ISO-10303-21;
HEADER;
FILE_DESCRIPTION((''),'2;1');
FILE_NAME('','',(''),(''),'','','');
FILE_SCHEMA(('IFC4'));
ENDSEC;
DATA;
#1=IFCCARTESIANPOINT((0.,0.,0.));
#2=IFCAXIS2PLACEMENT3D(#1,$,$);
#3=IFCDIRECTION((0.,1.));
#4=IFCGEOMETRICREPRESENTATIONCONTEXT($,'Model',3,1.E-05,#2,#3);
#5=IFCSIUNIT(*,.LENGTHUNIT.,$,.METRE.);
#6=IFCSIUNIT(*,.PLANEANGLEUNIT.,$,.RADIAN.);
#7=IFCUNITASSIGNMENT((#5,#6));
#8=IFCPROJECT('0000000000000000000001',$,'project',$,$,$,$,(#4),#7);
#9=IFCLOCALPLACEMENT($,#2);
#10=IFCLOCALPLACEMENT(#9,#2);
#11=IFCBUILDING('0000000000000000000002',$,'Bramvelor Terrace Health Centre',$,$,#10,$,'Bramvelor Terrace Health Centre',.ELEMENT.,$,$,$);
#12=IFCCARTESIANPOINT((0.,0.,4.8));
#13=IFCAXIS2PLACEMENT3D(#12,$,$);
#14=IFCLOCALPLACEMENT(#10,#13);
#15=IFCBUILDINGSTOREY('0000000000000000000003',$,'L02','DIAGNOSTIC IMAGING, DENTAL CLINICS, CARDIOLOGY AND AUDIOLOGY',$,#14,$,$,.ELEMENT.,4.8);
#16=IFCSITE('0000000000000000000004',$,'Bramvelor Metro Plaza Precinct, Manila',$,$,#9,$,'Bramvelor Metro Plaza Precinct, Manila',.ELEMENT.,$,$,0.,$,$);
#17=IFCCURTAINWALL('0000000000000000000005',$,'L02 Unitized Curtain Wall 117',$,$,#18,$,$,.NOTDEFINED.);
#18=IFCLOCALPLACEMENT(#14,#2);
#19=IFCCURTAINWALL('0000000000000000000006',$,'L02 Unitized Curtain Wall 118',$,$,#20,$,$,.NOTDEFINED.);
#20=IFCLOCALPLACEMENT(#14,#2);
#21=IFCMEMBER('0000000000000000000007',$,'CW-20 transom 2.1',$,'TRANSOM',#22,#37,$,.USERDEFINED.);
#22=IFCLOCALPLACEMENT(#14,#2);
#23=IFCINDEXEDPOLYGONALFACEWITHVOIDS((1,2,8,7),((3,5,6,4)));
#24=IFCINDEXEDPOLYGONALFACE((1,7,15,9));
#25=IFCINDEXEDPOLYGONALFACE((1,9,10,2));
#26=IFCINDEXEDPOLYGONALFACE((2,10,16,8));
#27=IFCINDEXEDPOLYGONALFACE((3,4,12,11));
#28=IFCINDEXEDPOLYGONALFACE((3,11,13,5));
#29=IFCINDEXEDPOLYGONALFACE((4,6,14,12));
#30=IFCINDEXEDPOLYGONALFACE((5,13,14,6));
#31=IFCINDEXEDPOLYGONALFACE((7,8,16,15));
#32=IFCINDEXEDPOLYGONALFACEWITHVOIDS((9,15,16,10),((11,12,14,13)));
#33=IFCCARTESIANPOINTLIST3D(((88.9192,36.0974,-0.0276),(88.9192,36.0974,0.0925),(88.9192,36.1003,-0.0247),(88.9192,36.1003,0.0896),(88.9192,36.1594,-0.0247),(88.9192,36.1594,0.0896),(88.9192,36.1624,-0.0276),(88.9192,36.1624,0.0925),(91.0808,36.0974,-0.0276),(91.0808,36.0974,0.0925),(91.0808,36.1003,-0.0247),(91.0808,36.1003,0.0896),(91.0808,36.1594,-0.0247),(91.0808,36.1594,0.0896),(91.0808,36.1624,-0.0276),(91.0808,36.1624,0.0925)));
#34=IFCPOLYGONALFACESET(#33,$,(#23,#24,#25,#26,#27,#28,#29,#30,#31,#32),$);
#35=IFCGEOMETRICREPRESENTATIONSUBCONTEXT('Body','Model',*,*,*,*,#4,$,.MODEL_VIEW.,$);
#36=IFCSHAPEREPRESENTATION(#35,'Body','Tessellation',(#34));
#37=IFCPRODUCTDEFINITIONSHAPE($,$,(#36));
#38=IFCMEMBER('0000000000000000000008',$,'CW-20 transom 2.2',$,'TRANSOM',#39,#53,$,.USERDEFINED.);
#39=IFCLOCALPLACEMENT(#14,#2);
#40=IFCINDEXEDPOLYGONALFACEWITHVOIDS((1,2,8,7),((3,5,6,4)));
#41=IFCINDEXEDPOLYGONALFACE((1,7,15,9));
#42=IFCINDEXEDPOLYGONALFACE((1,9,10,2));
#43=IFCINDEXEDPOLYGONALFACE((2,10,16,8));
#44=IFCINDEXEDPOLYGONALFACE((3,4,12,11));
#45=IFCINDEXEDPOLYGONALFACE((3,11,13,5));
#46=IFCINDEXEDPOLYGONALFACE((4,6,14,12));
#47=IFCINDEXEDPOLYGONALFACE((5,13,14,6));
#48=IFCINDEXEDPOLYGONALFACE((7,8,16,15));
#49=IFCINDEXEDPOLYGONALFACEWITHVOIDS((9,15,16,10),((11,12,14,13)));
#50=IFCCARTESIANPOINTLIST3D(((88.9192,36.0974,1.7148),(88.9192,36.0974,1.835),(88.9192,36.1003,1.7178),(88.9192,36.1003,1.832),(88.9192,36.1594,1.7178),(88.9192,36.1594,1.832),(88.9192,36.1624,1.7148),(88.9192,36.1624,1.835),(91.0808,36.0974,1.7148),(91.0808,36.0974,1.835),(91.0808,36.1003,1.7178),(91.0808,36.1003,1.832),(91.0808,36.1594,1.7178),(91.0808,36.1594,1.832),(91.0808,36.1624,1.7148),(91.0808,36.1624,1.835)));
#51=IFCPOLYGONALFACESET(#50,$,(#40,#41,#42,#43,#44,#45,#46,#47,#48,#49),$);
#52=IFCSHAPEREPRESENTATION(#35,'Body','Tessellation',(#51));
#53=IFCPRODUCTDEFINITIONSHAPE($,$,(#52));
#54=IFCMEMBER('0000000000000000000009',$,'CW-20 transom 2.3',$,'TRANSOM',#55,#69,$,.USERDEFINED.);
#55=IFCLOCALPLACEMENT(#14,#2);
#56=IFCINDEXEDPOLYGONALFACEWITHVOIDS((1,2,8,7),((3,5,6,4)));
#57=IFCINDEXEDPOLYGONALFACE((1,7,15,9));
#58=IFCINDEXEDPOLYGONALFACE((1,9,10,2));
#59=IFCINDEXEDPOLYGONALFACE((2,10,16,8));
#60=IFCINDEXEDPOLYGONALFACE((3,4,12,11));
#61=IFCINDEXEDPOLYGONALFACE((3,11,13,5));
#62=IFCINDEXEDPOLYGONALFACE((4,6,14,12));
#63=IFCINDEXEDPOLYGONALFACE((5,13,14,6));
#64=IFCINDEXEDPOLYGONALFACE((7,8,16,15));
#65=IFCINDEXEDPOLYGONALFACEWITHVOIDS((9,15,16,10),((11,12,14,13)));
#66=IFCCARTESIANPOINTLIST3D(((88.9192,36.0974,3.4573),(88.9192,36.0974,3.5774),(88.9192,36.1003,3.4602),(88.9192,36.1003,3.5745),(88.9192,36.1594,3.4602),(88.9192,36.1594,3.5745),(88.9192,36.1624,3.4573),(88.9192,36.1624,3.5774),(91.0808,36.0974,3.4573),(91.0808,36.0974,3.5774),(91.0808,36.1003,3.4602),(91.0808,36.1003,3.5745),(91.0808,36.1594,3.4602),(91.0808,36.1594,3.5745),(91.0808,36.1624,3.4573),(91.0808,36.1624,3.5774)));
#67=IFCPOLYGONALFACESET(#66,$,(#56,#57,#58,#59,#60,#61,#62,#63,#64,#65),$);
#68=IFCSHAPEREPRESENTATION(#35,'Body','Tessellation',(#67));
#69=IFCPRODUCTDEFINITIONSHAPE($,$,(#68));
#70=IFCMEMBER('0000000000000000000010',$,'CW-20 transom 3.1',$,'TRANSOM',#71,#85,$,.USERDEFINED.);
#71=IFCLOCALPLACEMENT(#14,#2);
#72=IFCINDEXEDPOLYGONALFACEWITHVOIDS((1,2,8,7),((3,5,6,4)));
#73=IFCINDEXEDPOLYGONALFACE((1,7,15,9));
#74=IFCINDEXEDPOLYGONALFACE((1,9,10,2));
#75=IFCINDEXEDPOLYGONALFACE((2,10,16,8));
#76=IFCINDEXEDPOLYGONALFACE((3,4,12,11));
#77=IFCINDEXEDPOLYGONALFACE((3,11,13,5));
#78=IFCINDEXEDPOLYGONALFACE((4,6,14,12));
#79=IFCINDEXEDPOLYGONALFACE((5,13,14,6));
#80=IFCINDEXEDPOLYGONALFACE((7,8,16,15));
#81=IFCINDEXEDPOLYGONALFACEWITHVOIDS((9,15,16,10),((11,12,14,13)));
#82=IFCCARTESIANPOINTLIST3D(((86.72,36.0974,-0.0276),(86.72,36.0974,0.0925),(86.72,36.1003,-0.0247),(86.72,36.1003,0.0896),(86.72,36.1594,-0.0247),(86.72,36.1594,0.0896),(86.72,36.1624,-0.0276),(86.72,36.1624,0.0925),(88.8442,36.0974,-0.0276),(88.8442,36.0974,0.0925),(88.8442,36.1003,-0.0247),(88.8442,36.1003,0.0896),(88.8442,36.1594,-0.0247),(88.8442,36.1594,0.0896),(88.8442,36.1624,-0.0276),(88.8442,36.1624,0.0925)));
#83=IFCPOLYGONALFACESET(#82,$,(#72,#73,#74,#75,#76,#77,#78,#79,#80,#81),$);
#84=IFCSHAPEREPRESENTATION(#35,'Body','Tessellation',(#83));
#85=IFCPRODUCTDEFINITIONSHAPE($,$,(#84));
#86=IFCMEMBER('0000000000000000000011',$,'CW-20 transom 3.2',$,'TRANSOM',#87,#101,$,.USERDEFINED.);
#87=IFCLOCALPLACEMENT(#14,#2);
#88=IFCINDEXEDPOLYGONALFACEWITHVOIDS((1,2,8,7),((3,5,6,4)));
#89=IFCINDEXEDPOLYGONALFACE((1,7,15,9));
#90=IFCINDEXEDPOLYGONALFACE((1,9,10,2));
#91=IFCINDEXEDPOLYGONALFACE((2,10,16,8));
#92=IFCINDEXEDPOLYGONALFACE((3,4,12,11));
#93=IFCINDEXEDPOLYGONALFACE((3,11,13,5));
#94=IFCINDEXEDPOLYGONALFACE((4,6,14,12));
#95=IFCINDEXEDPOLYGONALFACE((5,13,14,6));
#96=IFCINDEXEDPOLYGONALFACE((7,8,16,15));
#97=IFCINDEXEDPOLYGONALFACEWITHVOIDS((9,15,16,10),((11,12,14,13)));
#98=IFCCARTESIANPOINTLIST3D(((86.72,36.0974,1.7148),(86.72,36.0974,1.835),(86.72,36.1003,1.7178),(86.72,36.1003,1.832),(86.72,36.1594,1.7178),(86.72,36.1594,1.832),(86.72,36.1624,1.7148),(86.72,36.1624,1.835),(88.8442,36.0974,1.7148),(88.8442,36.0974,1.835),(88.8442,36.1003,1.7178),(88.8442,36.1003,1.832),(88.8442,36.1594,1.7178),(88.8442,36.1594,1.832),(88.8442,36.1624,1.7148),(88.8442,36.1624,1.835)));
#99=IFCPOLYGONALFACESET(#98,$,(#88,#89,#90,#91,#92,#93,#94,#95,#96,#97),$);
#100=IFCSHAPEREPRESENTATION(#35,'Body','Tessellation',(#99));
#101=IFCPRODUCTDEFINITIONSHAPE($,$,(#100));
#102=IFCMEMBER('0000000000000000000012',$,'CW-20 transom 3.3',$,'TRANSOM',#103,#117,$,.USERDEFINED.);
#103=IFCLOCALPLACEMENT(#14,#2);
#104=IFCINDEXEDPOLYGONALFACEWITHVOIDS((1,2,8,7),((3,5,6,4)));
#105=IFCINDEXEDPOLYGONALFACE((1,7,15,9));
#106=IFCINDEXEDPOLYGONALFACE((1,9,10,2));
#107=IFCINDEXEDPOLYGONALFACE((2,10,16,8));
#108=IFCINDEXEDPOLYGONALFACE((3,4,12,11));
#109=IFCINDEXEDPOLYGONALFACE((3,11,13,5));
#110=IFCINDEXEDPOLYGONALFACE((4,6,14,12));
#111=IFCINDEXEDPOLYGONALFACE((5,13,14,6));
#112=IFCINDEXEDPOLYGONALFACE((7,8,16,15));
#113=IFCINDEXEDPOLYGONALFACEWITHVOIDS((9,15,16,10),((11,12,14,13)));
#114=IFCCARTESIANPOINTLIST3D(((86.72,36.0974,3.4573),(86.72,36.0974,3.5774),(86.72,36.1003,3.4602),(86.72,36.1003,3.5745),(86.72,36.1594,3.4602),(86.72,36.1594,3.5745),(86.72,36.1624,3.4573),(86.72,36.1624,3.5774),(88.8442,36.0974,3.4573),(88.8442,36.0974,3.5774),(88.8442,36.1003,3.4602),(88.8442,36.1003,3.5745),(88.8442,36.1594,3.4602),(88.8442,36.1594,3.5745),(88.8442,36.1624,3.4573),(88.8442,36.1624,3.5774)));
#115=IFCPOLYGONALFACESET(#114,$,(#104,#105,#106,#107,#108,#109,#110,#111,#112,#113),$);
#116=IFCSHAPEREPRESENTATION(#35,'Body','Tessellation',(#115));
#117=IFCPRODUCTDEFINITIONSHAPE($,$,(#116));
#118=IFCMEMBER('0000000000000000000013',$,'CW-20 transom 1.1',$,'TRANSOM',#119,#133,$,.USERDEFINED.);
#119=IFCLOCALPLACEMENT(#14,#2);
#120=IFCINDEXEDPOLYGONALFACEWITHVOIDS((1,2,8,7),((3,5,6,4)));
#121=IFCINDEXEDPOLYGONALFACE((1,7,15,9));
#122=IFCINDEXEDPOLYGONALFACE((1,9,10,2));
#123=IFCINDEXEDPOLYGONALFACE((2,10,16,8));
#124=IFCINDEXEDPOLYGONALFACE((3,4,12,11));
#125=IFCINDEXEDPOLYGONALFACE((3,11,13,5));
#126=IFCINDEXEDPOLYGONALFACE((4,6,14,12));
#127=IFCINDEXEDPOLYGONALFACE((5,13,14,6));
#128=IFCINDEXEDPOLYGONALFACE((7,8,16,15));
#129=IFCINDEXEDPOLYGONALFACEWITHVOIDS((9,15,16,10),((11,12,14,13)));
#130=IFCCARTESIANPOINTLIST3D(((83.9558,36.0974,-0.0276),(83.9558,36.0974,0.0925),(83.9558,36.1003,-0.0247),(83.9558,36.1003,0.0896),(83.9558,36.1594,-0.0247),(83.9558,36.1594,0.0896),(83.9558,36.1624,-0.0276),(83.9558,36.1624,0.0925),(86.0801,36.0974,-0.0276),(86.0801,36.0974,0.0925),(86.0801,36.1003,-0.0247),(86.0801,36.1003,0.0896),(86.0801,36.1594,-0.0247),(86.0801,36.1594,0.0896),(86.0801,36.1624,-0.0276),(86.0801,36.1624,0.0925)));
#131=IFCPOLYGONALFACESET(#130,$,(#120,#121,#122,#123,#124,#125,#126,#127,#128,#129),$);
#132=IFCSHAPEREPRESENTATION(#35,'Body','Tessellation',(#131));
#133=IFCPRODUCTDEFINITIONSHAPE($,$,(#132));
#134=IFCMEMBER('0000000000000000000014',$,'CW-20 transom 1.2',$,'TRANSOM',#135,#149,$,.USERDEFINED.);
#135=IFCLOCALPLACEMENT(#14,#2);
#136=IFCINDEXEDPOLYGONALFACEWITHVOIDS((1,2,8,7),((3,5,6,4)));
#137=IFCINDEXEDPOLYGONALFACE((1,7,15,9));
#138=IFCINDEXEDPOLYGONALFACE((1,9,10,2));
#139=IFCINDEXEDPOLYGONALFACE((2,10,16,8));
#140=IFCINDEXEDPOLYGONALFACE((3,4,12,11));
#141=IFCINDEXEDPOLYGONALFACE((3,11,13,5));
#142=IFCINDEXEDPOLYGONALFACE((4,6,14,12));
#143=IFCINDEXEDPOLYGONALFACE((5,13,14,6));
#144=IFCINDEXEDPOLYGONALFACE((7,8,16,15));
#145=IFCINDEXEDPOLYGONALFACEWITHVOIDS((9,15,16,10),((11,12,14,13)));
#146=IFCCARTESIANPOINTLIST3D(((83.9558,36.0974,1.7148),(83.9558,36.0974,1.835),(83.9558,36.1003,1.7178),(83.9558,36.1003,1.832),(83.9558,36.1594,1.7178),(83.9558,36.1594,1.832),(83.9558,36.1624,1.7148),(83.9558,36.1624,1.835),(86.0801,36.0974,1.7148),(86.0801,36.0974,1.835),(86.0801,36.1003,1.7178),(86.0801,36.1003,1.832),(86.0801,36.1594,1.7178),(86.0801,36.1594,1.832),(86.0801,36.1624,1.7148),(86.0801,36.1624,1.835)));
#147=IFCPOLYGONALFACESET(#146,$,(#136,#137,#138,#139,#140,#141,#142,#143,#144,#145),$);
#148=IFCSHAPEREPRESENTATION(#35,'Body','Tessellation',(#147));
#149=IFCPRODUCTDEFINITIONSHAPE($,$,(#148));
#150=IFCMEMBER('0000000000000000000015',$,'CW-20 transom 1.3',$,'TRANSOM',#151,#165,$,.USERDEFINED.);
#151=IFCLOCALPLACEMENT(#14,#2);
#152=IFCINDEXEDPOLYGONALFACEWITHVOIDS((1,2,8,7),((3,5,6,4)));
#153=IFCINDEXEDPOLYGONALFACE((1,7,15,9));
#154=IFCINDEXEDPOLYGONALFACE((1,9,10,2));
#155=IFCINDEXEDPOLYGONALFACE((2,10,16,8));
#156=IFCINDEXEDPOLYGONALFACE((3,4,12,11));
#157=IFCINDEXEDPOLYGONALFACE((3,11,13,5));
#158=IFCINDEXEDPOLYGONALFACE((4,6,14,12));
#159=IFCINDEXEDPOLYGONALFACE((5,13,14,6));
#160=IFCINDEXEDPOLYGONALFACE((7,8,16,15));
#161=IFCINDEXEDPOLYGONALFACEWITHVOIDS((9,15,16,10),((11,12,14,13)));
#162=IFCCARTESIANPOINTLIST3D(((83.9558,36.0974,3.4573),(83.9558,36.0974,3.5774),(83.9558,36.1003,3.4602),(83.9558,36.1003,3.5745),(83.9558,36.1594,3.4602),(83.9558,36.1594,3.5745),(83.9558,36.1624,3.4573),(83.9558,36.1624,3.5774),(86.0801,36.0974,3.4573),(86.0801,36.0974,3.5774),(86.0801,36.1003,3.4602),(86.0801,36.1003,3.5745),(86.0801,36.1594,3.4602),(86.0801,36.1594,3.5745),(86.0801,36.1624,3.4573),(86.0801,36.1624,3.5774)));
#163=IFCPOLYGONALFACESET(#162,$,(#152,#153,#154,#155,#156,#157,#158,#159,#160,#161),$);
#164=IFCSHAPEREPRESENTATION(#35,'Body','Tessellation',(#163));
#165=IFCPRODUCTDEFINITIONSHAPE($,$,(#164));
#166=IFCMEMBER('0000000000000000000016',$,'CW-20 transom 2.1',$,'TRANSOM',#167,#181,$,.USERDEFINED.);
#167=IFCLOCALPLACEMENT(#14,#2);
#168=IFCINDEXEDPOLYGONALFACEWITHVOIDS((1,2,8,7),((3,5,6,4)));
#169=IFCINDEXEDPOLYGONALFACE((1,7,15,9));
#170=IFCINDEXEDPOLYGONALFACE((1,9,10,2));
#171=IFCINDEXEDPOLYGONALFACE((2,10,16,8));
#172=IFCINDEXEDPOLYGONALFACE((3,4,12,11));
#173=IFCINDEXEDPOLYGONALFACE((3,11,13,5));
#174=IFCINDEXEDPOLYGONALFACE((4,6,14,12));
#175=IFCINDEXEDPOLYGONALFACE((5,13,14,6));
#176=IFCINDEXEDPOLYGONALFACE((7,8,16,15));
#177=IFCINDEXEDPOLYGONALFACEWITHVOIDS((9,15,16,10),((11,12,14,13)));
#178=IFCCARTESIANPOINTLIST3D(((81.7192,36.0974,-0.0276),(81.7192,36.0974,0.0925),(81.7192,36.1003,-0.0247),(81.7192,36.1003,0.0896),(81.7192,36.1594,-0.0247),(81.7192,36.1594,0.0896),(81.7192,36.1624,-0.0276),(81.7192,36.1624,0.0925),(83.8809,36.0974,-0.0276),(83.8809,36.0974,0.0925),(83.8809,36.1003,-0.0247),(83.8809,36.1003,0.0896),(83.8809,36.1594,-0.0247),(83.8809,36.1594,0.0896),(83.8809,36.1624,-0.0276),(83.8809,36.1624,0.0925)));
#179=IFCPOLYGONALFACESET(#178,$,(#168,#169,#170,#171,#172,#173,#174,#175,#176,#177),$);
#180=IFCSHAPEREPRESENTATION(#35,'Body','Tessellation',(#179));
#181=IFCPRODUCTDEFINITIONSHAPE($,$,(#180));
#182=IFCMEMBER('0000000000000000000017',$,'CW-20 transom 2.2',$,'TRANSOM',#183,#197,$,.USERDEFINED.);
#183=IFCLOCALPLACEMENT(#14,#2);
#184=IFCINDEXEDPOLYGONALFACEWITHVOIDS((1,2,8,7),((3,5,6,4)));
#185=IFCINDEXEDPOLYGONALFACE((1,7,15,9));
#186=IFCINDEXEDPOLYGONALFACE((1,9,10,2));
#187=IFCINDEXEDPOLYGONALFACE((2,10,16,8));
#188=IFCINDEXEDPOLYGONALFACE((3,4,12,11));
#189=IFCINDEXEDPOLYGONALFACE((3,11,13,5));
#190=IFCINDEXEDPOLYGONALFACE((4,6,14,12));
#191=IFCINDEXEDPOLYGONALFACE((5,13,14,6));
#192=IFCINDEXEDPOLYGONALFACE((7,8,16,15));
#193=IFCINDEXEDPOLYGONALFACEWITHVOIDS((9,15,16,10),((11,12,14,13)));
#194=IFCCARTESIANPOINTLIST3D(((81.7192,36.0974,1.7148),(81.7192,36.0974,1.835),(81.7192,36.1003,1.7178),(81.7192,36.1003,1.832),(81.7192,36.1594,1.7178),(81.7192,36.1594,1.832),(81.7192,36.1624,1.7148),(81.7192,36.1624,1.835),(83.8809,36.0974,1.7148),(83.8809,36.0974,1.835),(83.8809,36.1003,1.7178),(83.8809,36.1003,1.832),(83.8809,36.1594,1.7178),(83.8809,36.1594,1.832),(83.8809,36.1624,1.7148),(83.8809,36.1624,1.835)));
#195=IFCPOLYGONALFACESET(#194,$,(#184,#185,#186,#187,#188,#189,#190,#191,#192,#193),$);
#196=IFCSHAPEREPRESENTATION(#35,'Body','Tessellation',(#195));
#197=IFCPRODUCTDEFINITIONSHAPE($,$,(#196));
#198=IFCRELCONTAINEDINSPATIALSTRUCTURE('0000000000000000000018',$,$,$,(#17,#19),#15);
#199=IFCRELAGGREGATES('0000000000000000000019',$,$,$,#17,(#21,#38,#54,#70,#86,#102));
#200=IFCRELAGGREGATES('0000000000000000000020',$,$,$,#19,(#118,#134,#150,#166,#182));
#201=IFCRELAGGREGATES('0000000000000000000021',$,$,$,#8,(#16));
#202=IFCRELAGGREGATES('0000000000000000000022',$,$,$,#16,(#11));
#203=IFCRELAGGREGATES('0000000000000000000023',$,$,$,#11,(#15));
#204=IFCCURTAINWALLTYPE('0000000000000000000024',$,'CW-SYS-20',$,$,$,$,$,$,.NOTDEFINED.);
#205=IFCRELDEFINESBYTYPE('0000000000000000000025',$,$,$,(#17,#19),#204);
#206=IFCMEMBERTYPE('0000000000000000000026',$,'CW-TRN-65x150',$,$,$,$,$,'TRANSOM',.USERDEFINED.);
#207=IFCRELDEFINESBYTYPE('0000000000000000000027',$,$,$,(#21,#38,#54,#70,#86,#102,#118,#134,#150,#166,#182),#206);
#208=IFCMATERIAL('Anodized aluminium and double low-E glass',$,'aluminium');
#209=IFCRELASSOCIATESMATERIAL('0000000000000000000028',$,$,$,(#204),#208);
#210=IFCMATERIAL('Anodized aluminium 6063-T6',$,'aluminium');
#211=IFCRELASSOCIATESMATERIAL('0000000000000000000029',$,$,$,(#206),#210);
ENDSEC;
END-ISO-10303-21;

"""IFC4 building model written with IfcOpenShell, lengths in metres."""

from ifc_helpers import new_model, si_unit, direction, frame, origin, origin_2d, place, context, subcontext, project, spatial, hollow_rectangle, extrude, material, material_profile, profile_set, type_object, element, aggregate, save


model = new_model("IFC4")

# Units and contexts
model_context = context("Model", 3, precision=1e-05, world=origin(), true_north=direction((0.0, 1.0)))
body_context = subcontext(model_context, "Body", "Model", "MODEL_VIEW")
ifc_project = project(units=[si_unit("LENGTHUNIT", "METRE"), si_unit("PLANEANGLEUNIT", "RADIAN")], contexts=[model_context])

# Site, building, storey
site_placement = place(None, origin())
site = spatial("IfcSite", under=ifc_project, at=site_placement, Name="Bramvelor Metro Plaza Precinct, Manila", LongName="Bramvelor Metro Plaza Precinct, Manila", CompositionType="ELEMENT", RefElevation=0.0)
building_placement = place(site_placement, origin())
building = spatial("IfcBuilding", under=site, at=building_placement, Name="Bramvelor Terrace Health Centre", LongName="Bramvelor Terrace Health Centre", CompositionType="ELEMENT")
storey_placement = place(building_placement, frame((0.0, 0.0, 4.8)))
storey = spatial("IfcBuildingStorey", under=building, at=storey_placement, Name="L02", Description="DIAGNOSTIC IMAGING, DENTAL CLINICS, CARDIOLOGY AND AUDIOLOGY", CompositionType="ELEMENT", Elevation=4.8)

# Curtain walls
ifc_material_1 = material(Name="Anodized aluminium and double low-E glass", Category="aluminium")
curtain_wall_type = type_object("IfcCurtainWallType", Name="CW-SYS-20", PredefinedType="NOTDEFINED", material=ifc_material_1)
curtain_wall_1_placement = place(storey_placement, origin())
curtain_wall_1 = element("IfcCurtainWall", 1, at=curtain_wall_1_placement, inside=storey, type_object=curtain_wall_type, Name="L02 Unitized Curtain Wall 117", PredefinedType="NOTDEFINED")
curtain_wall_2_placement = place(storey_placement, origin())
curtain_wall_2 = element("IfcCurtainWall", 2, at=curtain_wall_2_placement, inside=storey, type_object=curtain_wall_type, Name="L02 Unitized Curtain Wall 118", PredefinedType="NOTDEFINED")

# Members
ifc_material_2 = material(Name="Anodized aluminium 6063-T6", Category="aluminium")
ifc_material_profile_1 = material_profile(ifc_material_2, hollow_rectangle(XDim=0.0649, YDim=0.1201, WallThickness=0.0029, at=origin_2d()), Name="ALU-TRN 65x120x3.0")
ifc_profile_set_1 = profile_set([ifc_material_profile_1], Name="Anodized aluminium 6063-T6")
member_type_1 = type_object("IfcMemberType", Name="CW-TRN-65x150", ElementType="TRANSOM", PredefinedType="USERDEFINED", material=ifc_profile_set_1)
member_1_placement = place(storey_placement, frame((91.0808, 36.1299, 0.0325), z_axis=(-1.0, 0.0, 0.0), x_axis=(0.0, -1.0, 0.0)))
member_1 = element("IfcMember", 3, at=member_1_placement, type_object=member_type_1, Name="CW-20 transom 2.1", ObjectType="TRANSOM", PredefinedType="USERDEFINED", context=body_context, shape_type="SweptSolid", body=[
    extrude(hollow_rectangle(XDim=0.0649, YDim=0.1201, WallThickness=0.0029, at=origin_2d()), origin(), (0.0, 0.0, 1.0), 2.1616),
])
member_2_placement = place(storey_placement, frame((91.0808, 36.1299, 1.7749), z_axis=(-1.0, 0.0, 0.0), x_axis=(0.0, -1.0, 0.0)))
member_2 = element("IfcMember", 4, at=member_2_placement, type_object=member_type_1, Name="CW-20 transom 2.2", ObjectType="TRANSOM", PredefinedType="USERDEFINED", context=body_context, shape_type="SweptSolid", body=[
    extrude(hollow_rectangle(XDim=0.0649, YDim=0.1201, WallThickness=0.0029, at=origin_2d()), origin(), (0.0, 0.0, 1.0), 2.1616),
])
member_3_placement = place(storey_placement, frame((91.0808, 36.1299, 3.5173), z_axis=(-1.0, 0.0, 0.0), x_axis=(0.0, -1.0, 0.0)))
member_3 = element("IfcMember", 5, at=member_3_placement, type_object=member_type_1, Name="CW-20 transom 2.3", ObjectType="TRANSOM", PredefinedType="USERDEFINED", context=body_context, shape_type="SweptSolid", body=[
    extrude(hollow_rectangle(XDim=0.0649, YDim=0.1201, WallThickness=0.0029, at=origin_2d()), origin(), (0.0, 0.0, 1.0), 2.1616),
])
member_4_placement = place(storey_placement, frame((88.8442, 36.1299, 0.0325), z_axis=(-1.0, 0.0, 0.0), x_axis=(0.0, -1.0, 0.0)))
member_4 = element("IfcMember", 6, at=member_4_placement, type_object=member_type_1, Name="CW-20 transom 3.1", ObjectType="TRANSOM", PredefinedType="USERDEFINED", context=body_context, shape_type="SweptSolid", body=[
    extrude(hollow_rectangle(XDim=0.0649, YDim=0.1201, WallThickness=0.0029, at=origin_2d()), origin(), (0.0, 0.0, 1.0), 2.1243),
])
member_5_placement = place(storey_placement, frame((88.8442, 36.1299, 1.7749), z_axis=(-1.0, 0.0, 0.0), x_axis=(0.0, -1.0, 0.0)))
member_5 = element("IfcMember", 7, at=member_5_placement, type_object=member_type_1, Name="CW-20 transom 3.2", ObjectType="TRANSOM", PredefinedType="USERDEFINED", context=body_context, shape_type="SweptSolid", body=[
    extrude(hollow_rectangle(XDim=0.0649, YDim=0.1201, WallThickness=0.0029, at=origin_2d()), origin(), (0.0, 0.0, 1.0), 2.1243),
])
member_6_placement = place(storey_placement, frame((88.8442, 36.1299, 3.5173), z_axis=(-1.0, 0.0, 0.0), x_axis=(0.0, -1.0, 0.0)))
member_6 = element("IfcMember", 8, at=member_6_placement, type_object=member_type_1, Name="CW-20 transom 3.3", ObjectType="TRANSOM", PredefinedType="USERDEFINED", context=body_context, shape_type="SweptSolid", body=[
    extrude(hollow_rectangle(XDim=0.0649, YDim=0.1201, WallThickness=0.0029, at=origin_2d()), origin(), (0.0, 0.0, 1.0), 2.1243),
])
member_7_placement = place(storey_placement, frame((86.0801, 36.1299, 0.0325), z_axis=(-1.0, 0.0, 0.0), x_axis=(0.0, -1.0, 0.0)))
member_7 = element("IfcMember", 9, at=member_7_placement, type_object=member_type_1, Name="CW-20 transom 1.1", ObjectType="TRANSOM", PredefinedType="USERDEFINED", context=body_context, shape_type="SweptSolid", body=[
    extrude(hollow_rectangle(XDim=0.0649, YDim=0.1201, WallThickness=0.0029, at=origin_2d()), origin(), (0.0, 0.0, 1.0), 2.1243),
])
member_8_placement = place(storey_placement, frame((86.0801, 36.1299, 1.7749), z_axis=(-1.0, 0.0, 0.0), x_axis=(0.0, -1.0, 0.0)))
member_8 = element("IfcMember", 10, at=member_8_placement, type_object=member_type_1, Name="CW-20 transom 1.2", ObjectType="TRANSOM", PredefinedType="USERDEFINED", context=body_context, shape_type="SweptSolid", body=[
    extrude(hollow_rectangle(XDim=0.0649, YDim=0.1201, WallThickness=0.0029, at=origin_2d()), origin(), (0.0, 0.0, 1.0), 2.1243),
])
member_9_placement = place(storey_placement, frame((86.0801, 36.1299, 3.5173), z_axis=(-1.0, 0.0, 0.0), x_axis=(0.0, -1.0, 0.0)))
member_9 = element("IfcMember", 11, at=member_9_placement, type_object=member_type_1, Name="CW-20 transom 1.3", ObjectType="TRANSOM", PredefinedType="USERDEFINED", context=body_context, shape_type="SweptSolid", body=[
    extrude(hollow_rectangle(XDim=0.0649, YDim=0.1201, WallThickness=0.0029, at=origin_2d()), origin(), (0.0, 0.0, 1.0), 2.1243),
])
member_10_placement = place(storey_placement, frame((83.8809, 36.1299, 0.0325), z_axis=(-1.0, 0.0, 0.0), x_axis=(0.0, -1.0, 0.0)))
member_10 = element("IfcMember", 12, at=member_10_placement, type_object=member_type_1, Name="CW-20 transom 2.1", ObjectType="TRANSOM", PredefinedType="USERDEFINED", context=body_context, shape_type="SweptSolid", body=[
    extrude(hollow_rectangle(XDim=0.0649, YDim=0.1201, WallThickness=0.0029, at=origin_2d()), origin(), (0.0, 0.0, 1.0), 2.1616),
])
member_11_placement = place(storey_placement, frame((83.8809, 36.1299, 1.7749), z_axis=(-1.0, 0.0, 0.0), x_axis=(0.0, -1.0, 0.0)))
member_11 = element("IfcMember", 13, at=member_11_placement, type_object=member_type_1, Name="CW-20 transom 2.2", ObjectType="TRANSOM", PredefinedType="USERDEFINED", context=body_context, shape_type="SweptSolid", body=[
    extrude(hollow_rectangle(XDim=0.0649, YDim=0.1201, WallThickness=0.0029, at=origin_2d()), origin(), (0.0, 0.0, 1.0), 2.1616),
])

aggregate(curtain_wall_1, [member_1, member_2, member_3, member_4, member_5, member_6])
aggregate(curtain_wall_2, [member_7, member_8, member_9, member_10, member_11])

save(model, "model.ifc")
